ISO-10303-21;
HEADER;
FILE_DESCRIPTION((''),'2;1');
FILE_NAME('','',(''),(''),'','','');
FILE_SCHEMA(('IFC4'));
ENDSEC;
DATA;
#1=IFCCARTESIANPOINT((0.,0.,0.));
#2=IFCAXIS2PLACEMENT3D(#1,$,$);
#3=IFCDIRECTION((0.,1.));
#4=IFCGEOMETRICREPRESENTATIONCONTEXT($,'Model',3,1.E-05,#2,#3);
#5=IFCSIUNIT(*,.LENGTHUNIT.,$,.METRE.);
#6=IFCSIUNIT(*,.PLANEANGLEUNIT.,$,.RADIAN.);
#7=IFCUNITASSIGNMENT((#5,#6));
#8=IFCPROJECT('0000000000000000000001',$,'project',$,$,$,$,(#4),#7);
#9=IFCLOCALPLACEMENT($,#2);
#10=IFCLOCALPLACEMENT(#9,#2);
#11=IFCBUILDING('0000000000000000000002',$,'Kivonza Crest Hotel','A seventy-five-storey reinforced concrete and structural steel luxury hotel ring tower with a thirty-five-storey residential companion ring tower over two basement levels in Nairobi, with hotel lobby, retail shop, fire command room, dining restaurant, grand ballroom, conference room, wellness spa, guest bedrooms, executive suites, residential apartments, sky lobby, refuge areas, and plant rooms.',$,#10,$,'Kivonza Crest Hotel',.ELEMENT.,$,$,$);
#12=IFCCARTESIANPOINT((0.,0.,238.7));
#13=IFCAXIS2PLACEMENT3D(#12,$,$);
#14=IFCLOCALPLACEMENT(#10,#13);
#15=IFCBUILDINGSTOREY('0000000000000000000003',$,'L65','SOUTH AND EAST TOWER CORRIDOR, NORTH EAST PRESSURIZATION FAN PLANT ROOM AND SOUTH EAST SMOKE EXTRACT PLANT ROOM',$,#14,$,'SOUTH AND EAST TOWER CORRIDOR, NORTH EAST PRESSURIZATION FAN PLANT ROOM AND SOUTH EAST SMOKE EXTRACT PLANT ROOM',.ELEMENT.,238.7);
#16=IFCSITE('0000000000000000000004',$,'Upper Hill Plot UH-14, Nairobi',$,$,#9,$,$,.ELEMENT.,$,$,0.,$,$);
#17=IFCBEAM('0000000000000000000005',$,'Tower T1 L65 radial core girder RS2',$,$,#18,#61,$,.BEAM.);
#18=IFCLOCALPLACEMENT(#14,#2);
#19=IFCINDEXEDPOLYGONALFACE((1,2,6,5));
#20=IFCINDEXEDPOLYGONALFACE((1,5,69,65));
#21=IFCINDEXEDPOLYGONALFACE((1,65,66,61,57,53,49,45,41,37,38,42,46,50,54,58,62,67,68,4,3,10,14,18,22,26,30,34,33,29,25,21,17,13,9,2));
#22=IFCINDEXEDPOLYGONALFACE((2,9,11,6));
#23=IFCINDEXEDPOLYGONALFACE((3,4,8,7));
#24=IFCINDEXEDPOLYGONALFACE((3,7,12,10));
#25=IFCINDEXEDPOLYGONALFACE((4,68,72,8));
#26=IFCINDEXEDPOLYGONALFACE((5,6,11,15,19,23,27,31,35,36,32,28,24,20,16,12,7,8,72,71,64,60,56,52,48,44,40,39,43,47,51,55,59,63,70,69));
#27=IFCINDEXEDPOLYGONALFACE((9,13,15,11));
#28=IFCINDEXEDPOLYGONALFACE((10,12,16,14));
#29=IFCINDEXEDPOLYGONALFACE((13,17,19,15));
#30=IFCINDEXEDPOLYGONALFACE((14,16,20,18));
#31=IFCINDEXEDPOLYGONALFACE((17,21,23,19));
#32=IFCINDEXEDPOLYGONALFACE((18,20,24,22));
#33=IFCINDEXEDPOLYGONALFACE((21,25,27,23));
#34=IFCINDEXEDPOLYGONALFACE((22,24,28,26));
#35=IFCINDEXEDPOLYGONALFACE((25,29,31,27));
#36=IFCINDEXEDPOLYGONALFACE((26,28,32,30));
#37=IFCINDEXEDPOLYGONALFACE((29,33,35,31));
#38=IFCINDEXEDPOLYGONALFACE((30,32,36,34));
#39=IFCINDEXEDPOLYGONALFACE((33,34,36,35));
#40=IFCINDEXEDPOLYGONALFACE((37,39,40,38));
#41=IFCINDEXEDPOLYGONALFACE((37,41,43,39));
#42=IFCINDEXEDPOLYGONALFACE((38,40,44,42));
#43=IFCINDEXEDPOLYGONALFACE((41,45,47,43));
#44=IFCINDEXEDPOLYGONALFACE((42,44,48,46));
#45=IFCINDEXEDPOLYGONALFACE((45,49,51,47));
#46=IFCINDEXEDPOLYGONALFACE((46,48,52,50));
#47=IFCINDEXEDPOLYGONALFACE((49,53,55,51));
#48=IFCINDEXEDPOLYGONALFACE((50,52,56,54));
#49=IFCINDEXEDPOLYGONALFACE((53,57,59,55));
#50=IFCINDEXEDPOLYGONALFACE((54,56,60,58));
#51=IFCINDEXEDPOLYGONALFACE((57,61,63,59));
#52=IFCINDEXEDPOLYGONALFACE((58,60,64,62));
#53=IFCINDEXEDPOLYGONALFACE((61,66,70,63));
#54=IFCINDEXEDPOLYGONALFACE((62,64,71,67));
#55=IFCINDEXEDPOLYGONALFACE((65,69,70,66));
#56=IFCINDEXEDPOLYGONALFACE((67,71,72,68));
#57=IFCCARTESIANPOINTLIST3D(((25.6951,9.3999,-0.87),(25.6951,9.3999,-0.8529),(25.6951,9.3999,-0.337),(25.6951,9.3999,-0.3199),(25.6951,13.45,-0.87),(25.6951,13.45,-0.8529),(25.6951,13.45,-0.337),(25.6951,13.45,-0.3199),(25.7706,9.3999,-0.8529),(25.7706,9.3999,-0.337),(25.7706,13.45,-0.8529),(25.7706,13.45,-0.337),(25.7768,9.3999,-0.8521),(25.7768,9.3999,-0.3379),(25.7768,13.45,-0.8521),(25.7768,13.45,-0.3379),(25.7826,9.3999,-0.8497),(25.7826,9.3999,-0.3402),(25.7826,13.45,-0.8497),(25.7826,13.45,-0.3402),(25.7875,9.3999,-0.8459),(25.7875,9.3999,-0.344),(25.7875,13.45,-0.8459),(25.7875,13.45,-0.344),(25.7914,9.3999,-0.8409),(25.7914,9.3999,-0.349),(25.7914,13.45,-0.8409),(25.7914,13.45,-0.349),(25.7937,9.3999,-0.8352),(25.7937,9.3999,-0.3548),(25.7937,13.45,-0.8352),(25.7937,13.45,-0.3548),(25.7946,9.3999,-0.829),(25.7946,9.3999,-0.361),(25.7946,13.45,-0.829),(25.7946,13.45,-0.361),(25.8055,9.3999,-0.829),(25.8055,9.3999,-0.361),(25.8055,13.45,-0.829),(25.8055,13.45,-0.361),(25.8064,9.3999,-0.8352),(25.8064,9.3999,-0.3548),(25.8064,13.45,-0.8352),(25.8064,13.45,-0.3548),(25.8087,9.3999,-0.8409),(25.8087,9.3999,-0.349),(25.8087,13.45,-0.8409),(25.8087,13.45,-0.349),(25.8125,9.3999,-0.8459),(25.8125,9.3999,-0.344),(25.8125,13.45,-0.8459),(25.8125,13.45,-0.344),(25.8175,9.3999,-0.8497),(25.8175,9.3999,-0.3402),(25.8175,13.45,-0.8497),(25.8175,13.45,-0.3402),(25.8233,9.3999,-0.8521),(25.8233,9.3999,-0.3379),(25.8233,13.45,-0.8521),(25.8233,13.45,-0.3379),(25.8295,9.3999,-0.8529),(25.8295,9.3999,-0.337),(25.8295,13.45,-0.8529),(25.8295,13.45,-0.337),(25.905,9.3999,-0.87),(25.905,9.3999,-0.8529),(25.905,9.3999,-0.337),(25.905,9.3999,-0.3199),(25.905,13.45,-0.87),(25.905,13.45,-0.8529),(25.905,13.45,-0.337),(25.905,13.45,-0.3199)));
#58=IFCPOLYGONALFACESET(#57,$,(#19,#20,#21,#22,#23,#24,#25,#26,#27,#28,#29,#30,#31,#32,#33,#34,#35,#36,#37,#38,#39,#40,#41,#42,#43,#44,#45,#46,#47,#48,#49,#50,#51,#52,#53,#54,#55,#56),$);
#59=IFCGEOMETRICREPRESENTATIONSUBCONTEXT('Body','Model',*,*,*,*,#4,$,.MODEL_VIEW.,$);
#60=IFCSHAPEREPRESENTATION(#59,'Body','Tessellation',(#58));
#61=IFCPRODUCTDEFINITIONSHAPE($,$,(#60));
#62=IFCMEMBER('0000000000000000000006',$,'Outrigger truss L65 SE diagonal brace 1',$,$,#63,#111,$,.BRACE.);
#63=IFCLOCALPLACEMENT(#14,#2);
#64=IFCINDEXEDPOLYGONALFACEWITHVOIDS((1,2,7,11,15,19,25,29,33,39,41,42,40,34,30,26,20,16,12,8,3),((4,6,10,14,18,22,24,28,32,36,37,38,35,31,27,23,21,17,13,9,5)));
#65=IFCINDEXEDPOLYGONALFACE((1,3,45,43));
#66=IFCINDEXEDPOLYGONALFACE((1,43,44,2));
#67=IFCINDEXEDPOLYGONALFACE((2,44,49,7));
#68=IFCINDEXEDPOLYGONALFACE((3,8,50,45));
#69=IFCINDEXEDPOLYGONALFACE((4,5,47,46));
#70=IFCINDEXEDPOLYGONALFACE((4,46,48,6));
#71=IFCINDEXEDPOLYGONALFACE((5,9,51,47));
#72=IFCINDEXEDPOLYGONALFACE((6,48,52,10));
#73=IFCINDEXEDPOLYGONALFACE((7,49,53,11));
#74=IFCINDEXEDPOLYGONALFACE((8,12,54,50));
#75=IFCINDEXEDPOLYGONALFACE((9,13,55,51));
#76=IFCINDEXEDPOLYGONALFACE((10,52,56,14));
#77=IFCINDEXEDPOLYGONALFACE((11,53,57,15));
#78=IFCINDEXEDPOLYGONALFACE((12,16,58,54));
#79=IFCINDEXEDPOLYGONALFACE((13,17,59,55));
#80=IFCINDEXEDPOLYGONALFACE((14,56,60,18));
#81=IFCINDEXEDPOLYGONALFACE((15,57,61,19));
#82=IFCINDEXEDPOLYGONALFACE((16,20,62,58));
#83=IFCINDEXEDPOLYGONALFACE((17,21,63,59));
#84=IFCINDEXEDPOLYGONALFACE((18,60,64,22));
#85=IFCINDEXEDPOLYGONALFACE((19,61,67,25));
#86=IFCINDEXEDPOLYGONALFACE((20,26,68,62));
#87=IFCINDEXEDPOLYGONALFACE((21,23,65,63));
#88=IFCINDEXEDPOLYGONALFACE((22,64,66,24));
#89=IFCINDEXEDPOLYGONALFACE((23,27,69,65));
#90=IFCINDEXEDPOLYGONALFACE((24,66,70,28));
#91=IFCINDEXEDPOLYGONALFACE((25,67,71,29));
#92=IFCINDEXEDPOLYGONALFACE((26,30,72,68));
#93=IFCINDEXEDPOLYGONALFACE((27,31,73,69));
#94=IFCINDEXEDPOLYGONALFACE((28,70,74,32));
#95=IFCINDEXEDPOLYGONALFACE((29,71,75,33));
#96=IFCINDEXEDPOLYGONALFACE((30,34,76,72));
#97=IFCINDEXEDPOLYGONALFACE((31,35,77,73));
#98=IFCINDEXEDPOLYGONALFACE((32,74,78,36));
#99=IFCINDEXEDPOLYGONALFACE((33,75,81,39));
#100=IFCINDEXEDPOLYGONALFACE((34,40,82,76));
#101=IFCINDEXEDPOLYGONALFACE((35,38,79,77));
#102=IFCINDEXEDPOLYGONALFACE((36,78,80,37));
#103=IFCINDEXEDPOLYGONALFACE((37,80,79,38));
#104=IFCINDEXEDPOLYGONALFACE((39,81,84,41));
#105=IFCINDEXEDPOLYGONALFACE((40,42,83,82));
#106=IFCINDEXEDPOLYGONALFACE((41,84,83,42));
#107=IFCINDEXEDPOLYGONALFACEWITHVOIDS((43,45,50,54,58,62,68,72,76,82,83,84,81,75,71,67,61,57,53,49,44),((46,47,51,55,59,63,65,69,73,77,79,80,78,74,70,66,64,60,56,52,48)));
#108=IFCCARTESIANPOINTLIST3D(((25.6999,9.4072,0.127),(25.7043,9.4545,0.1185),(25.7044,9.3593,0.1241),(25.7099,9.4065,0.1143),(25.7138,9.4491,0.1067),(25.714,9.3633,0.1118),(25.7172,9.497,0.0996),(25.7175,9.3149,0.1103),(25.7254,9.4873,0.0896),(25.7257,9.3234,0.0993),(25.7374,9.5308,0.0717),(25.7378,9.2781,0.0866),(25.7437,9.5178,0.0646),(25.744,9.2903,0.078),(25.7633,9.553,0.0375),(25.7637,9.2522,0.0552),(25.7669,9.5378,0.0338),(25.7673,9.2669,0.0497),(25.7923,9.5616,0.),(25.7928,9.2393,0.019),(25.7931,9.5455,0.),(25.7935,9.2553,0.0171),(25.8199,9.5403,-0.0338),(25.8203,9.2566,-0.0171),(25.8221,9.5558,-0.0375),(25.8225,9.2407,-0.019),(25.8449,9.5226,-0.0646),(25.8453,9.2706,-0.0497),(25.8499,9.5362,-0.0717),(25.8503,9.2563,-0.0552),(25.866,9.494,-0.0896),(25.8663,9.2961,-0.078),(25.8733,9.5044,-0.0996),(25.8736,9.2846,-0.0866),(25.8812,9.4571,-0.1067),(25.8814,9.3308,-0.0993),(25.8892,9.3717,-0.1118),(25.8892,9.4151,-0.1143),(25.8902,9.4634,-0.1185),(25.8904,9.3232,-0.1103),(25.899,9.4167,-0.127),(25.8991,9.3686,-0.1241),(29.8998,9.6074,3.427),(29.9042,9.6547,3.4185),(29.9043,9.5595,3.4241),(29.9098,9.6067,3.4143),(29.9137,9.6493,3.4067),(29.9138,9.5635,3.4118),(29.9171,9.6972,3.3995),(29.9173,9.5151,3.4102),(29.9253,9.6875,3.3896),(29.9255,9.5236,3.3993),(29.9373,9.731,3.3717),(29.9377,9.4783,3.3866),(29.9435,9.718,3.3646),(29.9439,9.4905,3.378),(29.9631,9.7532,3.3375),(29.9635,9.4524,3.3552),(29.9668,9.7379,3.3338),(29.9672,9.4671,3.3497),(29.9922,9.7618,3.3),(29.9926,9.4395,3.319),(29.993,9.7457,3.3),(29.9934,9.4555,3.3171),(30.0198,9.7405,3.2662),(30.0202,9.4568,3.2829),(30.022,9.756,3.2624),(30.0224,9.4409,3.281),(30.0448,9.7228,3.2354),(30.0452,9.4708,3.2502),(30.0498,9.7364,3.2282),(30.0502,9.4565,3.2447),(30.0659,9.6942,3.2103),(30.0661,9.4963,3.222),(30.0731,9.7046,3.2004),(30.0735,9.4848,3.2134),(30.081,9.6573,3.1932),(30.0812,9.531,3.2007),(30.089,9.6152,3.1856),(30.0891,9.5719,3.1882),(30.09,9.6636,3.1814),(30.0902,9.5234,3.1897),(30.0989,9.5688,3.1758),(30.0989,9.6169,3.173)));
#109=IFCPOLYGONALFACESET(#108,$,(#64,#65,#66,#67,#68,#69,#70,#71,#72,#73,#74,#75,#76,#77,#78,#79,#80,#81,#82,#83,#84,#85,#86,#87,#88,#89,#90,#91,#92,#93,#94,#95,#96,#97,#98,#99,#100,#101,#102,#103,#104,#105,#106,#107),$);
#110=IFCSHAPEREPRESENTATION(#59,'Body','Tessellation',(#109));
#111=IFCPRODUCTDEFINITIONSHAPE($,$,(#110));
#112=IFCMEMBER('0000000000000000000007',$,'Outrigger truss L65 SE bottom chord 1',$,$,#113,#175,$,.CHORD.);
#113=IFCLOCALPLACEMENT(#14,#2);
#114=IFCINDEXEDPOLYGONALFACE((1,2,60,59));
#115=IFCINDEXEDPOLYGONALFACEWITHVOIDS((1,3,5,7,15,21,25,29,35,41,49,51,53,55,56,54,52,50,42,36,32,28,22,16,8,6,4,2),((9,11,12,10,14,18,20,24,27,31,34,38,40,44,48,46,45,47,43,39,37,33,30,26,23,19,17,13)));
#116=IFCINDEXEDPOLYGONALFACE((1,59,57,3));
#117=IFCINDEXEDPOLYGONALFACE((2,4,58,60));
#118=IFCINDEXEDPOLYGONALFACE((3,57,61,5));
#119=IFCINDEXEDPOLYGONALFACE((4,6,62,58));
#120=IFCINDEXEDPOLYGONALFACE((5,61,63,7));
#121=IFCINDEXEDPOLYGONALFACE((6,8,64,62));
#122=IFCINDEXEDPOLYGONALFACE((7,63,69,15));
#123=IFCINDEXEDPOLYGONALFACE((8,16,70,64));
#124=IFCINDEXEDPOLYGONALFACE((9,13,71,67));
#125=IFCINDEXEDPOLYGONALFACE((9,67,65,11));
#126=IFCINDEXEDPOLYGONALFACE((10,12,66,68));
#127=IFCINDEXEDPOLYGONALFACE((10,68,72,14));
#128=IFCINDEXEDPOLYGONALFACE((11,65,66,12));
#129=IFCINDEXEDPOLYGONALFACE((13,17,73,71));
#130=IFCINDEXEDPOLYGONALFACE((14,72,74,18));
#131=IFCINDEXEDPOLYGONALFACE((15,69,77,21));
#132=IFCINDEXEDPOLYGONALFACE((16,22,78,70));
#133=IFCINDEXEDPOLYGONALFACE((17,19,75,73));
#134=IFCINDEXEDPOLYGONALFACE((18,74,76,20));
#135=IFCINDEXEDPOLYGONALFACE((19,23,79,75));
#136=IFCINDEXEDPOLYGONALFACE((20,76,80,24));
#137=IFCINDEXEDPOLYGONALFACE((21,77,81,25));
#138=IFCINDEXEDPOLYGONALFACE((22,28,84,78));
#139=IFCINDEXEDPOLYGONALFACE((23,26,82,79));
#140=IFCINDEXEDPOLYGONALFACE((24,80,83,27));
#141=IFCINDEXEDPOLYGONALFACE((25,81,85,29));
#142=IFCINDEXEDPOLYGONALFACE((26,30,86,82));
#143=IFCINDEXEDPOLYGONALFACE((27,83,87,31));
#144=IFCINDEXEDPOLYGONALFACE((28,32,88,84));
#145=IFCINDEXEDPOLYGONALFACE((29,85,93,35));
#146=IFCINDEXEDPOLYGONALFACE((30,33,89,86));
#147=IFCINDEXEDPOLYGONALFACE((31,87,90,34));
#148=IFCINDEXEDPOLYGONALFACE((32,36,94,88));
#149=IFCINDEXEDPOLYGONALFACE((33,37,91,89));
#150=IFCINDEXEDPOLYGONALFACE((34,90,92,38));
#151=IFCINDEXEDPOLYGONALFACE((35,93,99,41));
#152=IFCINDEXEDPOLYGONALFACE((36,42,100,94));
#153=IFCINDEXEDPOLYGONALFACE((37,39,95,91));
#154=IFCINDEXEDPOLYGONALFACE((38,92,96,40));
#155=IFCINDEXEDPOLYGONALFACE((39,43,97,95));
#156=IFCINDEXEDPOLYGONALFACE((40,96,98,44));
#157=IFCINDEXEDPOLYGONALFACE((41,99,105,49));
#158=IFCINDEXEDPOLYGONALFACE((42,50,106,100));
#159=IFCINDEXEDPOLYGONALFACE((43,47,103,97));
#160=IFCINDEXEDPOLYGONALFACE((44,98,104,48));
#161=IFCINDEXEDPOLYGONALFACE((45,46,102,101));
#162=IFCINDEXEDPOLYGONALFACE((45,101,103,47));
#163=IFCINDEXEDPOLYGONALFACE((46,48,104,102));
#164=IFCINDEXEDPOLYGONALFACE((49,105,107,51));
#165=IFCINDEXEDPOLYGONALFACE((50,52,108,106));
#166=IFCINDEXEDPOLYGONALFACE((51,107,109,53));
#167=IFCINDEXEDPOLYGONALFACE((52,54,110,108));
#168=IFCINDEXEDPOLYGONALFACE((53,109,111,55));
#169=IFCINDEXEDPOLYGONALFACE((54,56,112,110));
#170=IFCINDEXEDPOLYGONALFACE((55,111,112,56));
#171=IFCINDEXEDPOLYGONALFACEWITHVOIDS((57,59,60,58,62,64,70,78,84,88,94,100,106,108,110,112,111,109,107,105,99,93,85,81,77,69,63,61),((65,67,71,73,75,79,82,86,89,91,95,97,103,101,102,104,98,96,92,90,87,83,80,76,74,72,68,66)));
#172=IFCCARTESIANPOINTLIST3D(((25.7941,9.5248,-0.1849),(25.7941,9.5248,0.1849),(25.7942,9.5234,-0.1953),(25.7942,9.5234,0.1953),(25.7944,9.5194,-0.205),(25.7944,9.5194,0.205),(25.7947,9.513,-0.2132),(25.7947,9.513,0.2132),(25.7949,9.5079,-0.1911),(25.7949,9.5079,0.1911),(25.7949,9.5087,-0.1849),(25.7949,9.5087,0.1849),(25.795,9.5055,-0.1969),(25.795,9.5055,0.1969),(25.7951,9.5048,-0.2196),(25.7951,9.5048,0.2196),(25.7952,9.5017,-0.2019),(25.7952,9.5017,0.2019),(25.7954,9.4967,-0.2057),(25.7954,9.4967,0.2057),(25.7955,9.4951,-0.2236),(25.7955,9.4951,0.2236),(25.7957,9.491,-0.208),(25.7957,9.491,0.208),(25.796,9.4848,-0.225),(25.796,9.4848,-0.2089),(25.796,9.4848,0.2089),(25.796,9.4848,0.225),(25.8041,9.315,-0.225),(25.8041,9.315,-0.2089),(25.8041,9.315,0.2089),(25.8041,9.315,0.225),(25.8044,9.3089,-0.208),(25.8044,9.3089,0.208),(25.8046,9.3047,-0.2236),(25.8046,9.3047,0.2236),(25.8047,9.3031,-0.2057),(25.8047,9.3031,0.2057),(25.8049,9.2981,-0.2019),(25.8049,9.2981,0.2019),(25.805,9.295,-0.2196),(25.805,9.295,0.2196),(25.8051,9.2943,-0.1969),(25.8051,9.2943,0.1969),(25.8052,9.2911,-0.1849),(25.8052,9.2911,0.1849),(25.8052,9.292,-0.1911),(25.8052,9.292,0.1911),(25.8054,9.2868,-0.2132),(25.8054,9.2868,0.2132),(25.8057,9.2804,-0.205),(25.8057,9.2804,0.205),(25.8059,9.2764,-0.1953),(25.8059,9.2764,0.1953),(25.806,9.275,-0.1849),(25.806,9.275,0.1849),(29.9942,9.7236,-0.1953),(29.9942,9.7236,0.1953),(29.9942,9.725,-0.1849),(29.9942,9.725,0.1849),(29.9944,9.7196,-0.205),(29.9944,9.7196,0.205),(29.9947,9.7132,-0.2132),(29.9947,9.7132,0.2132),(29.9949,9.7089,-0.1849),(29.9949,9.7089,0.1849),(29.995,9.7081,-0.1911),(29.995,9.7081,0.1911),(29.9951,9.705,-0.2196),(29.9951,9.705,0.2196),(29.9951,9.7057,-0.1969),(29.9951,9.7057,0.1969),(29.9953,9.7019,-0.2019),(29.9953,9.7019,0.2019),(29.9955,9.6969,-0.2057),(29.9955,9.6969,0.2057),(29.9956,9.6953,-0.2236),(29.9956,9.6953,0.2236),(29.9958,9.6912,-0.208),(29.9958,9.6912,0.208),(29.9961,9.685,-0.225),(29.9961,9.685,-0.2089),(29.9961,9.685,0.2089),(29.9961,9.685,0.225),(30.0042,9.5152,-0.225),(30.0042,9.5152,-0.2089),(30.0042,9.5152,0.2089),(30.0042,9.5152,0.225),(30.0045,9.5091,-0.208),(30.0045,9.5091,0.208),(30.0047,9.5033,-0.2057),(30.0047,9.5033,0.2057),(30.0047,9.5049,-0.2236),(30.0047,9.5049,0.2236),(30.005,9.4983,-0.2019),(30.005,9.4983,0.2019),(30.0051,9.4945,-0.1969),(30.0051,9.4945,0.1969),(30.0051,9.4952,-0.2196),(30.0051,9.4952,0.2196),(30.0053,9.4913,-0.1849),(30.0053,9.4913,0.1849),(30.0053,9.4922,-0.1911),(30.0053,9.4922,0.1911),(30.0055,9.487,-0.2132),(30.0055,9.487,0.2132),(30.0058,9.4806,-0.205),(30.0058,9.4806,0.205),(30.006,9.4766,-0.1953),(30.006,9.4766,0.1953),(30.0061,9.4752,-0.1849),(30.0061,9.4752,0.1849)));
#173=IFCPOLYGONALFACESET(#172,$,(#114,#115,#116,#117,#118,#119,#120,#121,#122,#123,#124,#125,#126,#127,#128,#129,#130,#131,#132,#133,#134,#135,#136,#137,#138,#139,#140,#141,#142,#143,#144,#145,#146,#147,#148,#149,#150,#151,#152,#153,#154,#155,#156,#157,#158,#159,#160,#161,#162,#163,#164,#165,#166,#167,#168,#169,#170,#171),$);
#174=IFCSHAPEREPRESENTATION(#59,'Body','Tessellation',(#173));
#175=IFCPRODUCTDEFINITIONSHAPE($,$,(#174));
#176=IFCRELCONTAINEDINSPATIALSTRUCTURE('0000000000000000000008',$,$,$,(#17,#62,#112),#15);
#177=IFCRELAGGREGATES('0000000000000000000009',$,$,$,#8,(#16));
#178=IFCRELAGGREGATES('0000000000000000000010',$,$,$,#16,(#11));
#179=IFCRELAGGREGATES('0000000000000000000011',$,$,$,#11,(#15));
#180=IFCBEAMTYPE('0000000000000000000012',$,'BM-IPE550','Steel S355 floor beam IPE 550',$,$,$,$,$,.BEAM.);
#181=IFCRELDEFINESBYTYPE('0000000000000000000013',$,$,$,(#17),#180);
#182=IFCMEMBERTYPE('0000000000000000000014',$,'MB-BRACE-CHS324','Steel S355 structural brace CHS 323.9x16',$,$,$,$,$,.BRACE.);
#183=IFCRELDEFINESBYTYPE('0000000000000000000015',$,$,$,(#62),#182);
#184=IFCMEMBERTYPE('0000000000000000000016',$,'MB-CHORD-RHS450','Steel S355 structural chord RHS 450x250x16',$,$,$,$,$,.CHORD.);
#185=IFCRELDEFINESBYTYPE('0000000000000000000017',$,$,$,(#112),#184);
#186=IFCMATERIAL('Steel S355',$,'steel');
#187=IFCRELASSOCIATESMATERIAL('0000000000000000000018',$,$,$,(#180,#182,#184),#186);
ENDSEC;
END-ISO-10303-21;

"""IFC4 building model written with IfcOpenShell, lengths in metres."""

from ifc_helpers import new_model, si_unit, direction, frame, origin, origin_2d, place, context, subcontext, project, spatial, hollow_rectangle, hollow_circle, i_section, extrude, material, material_profile, profile_set, type_object, element, save


model = new_model("IFC4")

# Units and contexts
model_context = context("Model", 3, precision=1e-05, world=origin(), true_north=direction((0.0, 1.0)))
body_context = subcontext(model_context, "Body", "Model", "MODEL_VIEW")
ifc_project = project(units=[si_unit("LENGTHUNIT", "METRE"), si_unit("PLANEANGLEUNIT", "RADIAN")], contexts=[model_context])

# Site, building, storey
site_placement = place(None, origin())
site = spatial("IfcSite", under=ifc_project, at=site_placement, Name="Upper Hill Plot UH-14, Nairobi", CompositionType="ELEMENT", RefElevation=0.0)
building_placement = place(site_placement, origin())
building = spatial("IfcBuilding", under=site, at=building_placement, Name="Kivonza Crest Hotel", Description="A seventy-five-storey reinforced concrete and structural steel luxury hotel ring tower with a thirty-five-storey residential companion ring tower over two basement levels in Nairobi, with hotel lobby, retail shop, fire command room, dining restaurant, grand ballroom, conference room, wellness spa, guest bedrooms, executive suites, residential apartments, sky lobby, refuge areas, and plant rooms.", LongName="Kivonza Crest Hotel", CompositionType="ELEMENT")
storey_placement = place(building_placement, frame((0.0, 0.0, 238.7)))
storey = spatial("IfcBuildingStorey", under=building, at=storey_placement, Name="L65", Description="SOUTH AND EAST TOWER CORRIDOR, NORTH EAST PRESSURIZATION FAN PLANT ROOM AND SOUTH EAST SMOKE EXTRACT PLANT ROOM", LongName="SOUTH AND EAST TOWER CORRIDOR, NORTH EAST PRESSURIZATION FAN PLANT ROOM AND SOUTH EAST SMOKE EXTRACT PLANT ROOM", CompositionType="ELEMENT", Elevation=238.7)

# Beam
ifc_material_1 = material(Name="Steel S355", Category="steel")
ifc_material_profile_1 = material_profile(ifc_material_1, i_section(OverallWidth=0.21, OverallDepth=0.55, WebThickness=0.011, FlangeThickness=0.0171, FilletRadius=0.0239, at=origin_2d()), Name="IPE 550")
ifc_profile_set_1 = profile_set([ifc_material_profile_1], Name="Steel S355")
beam_type_1 = type_object("IfcBeamType", Name="BM-IPE550", Description="Steel S355 floor beam IPE 550", PredefinedType="BEAM", material=ifc_profile_set_1)
beam_1_placement = place(storey_placement, frame((25.8, 9.3999, -0.595), z_axis=(0.0, 1.0, 0.0), x_axis=(-1.0, 0.0, 0.0)))
element("IfcBeam", 1, at=beam_1_placement, inside=storey, type_object=beam_type_1, Name="Tower T1 L65 radial core girder RS2", PredefinedType="BEAM", context=body_context, shape_type="SweptSolid", body=[
    extrude(i_section(OverallWidth=0.21, OverallDepth=0.55, WebThickness=0.011, FlangeThickness=0.0171, FilletRadius=0.0239, at=origin_2d()), origin(), (0.0, 0.0, 1.0), 4.05),
])

# Members
ifc_material_profile_2 = material_profile(ifc_material_1, hollow_circle(Radius=0.1619, WallThickness=0.0161, at=origin_2d()), Name="CHS 323.9x16")
ifc_profile_set_2 = profile_set([ifc_material_profile_2], Name="Steel S355")
member_type_1 = type_object("IfcMemberType", Name="MB-BRACE-CHS324", Description="Steel S355 structural brace CHS 323.9x16", PredefinedType="BRACE", material=ifc_profile_set_2)
member_1_placement = place(storey_placement, frame((25.8, 9.3999, 0.0), z_axis=(0.785759, 0.037454, 0.617398), x_axis=(-0.047612, 0.998866, 0.0)))
element("IfcMember", 2, at=member_1_placement, inside=storey, type_object=member_type_1, Name="Outrigger truss L65 SE diagonal brace 1", PredefinedType="BRACE", context=body_context, shape_type="SweptSolid", body=[
    extrude(hollow_circle(Radius=0.1619, WallThickness=0.0161, at=origin_2d()), origin(), (0.0, 0.0, 1.0), 5.345),
])
ifc_material_profile_3 = material_profile(ifc_material_1, hollow_rectangle(XDim=0.25, YDim=0.45, WallThickness=0.0161, InnerFilletRadius=0.0239, OuterFilletRadius=0.04, at=origin_2d()), Name="RHS 450x250x16")
ifc_profile_set_3 = profile_set([ifc_material_profile_3], Name="Steel S355")
member_type_2 = type_object("IfcMemberType", Name="MB-CHORD-RHS450", Description="Steel S355 structural chord RHS 450x250x16", PredefinedType="CHORD", material=ifc_profile_set_3)
for number, where, z_axis, x_axis, name in (
    (3, (25.8, 9.3999, 0.0), (0.998866, 0.047612, 0.0), (-0.047612, 0.998866, 0.0), "Outrigger truss L65 SE bottom chord 1"),
):
    element("IfcMember", number, at=place(storey_placement, frame(where, z_axis=z_axis, x_axis=x_axis)), inside=storey, type_object=member_type_2, Name=name, PredefinedType="CHORD", context=body_context, shape_type="SweptSolid", body=[
        extrude(hollow_rectangle(XDim=0.25, YDim=0.45, WallThickness=0.0161, InnerFilletRadius=0.0239, OuterFilletRadius=0.04, at=origin_2d()), origin(), (0.0, 0.0, 1.0), 4.2048),
    ])

save(model, "model.ifc")
